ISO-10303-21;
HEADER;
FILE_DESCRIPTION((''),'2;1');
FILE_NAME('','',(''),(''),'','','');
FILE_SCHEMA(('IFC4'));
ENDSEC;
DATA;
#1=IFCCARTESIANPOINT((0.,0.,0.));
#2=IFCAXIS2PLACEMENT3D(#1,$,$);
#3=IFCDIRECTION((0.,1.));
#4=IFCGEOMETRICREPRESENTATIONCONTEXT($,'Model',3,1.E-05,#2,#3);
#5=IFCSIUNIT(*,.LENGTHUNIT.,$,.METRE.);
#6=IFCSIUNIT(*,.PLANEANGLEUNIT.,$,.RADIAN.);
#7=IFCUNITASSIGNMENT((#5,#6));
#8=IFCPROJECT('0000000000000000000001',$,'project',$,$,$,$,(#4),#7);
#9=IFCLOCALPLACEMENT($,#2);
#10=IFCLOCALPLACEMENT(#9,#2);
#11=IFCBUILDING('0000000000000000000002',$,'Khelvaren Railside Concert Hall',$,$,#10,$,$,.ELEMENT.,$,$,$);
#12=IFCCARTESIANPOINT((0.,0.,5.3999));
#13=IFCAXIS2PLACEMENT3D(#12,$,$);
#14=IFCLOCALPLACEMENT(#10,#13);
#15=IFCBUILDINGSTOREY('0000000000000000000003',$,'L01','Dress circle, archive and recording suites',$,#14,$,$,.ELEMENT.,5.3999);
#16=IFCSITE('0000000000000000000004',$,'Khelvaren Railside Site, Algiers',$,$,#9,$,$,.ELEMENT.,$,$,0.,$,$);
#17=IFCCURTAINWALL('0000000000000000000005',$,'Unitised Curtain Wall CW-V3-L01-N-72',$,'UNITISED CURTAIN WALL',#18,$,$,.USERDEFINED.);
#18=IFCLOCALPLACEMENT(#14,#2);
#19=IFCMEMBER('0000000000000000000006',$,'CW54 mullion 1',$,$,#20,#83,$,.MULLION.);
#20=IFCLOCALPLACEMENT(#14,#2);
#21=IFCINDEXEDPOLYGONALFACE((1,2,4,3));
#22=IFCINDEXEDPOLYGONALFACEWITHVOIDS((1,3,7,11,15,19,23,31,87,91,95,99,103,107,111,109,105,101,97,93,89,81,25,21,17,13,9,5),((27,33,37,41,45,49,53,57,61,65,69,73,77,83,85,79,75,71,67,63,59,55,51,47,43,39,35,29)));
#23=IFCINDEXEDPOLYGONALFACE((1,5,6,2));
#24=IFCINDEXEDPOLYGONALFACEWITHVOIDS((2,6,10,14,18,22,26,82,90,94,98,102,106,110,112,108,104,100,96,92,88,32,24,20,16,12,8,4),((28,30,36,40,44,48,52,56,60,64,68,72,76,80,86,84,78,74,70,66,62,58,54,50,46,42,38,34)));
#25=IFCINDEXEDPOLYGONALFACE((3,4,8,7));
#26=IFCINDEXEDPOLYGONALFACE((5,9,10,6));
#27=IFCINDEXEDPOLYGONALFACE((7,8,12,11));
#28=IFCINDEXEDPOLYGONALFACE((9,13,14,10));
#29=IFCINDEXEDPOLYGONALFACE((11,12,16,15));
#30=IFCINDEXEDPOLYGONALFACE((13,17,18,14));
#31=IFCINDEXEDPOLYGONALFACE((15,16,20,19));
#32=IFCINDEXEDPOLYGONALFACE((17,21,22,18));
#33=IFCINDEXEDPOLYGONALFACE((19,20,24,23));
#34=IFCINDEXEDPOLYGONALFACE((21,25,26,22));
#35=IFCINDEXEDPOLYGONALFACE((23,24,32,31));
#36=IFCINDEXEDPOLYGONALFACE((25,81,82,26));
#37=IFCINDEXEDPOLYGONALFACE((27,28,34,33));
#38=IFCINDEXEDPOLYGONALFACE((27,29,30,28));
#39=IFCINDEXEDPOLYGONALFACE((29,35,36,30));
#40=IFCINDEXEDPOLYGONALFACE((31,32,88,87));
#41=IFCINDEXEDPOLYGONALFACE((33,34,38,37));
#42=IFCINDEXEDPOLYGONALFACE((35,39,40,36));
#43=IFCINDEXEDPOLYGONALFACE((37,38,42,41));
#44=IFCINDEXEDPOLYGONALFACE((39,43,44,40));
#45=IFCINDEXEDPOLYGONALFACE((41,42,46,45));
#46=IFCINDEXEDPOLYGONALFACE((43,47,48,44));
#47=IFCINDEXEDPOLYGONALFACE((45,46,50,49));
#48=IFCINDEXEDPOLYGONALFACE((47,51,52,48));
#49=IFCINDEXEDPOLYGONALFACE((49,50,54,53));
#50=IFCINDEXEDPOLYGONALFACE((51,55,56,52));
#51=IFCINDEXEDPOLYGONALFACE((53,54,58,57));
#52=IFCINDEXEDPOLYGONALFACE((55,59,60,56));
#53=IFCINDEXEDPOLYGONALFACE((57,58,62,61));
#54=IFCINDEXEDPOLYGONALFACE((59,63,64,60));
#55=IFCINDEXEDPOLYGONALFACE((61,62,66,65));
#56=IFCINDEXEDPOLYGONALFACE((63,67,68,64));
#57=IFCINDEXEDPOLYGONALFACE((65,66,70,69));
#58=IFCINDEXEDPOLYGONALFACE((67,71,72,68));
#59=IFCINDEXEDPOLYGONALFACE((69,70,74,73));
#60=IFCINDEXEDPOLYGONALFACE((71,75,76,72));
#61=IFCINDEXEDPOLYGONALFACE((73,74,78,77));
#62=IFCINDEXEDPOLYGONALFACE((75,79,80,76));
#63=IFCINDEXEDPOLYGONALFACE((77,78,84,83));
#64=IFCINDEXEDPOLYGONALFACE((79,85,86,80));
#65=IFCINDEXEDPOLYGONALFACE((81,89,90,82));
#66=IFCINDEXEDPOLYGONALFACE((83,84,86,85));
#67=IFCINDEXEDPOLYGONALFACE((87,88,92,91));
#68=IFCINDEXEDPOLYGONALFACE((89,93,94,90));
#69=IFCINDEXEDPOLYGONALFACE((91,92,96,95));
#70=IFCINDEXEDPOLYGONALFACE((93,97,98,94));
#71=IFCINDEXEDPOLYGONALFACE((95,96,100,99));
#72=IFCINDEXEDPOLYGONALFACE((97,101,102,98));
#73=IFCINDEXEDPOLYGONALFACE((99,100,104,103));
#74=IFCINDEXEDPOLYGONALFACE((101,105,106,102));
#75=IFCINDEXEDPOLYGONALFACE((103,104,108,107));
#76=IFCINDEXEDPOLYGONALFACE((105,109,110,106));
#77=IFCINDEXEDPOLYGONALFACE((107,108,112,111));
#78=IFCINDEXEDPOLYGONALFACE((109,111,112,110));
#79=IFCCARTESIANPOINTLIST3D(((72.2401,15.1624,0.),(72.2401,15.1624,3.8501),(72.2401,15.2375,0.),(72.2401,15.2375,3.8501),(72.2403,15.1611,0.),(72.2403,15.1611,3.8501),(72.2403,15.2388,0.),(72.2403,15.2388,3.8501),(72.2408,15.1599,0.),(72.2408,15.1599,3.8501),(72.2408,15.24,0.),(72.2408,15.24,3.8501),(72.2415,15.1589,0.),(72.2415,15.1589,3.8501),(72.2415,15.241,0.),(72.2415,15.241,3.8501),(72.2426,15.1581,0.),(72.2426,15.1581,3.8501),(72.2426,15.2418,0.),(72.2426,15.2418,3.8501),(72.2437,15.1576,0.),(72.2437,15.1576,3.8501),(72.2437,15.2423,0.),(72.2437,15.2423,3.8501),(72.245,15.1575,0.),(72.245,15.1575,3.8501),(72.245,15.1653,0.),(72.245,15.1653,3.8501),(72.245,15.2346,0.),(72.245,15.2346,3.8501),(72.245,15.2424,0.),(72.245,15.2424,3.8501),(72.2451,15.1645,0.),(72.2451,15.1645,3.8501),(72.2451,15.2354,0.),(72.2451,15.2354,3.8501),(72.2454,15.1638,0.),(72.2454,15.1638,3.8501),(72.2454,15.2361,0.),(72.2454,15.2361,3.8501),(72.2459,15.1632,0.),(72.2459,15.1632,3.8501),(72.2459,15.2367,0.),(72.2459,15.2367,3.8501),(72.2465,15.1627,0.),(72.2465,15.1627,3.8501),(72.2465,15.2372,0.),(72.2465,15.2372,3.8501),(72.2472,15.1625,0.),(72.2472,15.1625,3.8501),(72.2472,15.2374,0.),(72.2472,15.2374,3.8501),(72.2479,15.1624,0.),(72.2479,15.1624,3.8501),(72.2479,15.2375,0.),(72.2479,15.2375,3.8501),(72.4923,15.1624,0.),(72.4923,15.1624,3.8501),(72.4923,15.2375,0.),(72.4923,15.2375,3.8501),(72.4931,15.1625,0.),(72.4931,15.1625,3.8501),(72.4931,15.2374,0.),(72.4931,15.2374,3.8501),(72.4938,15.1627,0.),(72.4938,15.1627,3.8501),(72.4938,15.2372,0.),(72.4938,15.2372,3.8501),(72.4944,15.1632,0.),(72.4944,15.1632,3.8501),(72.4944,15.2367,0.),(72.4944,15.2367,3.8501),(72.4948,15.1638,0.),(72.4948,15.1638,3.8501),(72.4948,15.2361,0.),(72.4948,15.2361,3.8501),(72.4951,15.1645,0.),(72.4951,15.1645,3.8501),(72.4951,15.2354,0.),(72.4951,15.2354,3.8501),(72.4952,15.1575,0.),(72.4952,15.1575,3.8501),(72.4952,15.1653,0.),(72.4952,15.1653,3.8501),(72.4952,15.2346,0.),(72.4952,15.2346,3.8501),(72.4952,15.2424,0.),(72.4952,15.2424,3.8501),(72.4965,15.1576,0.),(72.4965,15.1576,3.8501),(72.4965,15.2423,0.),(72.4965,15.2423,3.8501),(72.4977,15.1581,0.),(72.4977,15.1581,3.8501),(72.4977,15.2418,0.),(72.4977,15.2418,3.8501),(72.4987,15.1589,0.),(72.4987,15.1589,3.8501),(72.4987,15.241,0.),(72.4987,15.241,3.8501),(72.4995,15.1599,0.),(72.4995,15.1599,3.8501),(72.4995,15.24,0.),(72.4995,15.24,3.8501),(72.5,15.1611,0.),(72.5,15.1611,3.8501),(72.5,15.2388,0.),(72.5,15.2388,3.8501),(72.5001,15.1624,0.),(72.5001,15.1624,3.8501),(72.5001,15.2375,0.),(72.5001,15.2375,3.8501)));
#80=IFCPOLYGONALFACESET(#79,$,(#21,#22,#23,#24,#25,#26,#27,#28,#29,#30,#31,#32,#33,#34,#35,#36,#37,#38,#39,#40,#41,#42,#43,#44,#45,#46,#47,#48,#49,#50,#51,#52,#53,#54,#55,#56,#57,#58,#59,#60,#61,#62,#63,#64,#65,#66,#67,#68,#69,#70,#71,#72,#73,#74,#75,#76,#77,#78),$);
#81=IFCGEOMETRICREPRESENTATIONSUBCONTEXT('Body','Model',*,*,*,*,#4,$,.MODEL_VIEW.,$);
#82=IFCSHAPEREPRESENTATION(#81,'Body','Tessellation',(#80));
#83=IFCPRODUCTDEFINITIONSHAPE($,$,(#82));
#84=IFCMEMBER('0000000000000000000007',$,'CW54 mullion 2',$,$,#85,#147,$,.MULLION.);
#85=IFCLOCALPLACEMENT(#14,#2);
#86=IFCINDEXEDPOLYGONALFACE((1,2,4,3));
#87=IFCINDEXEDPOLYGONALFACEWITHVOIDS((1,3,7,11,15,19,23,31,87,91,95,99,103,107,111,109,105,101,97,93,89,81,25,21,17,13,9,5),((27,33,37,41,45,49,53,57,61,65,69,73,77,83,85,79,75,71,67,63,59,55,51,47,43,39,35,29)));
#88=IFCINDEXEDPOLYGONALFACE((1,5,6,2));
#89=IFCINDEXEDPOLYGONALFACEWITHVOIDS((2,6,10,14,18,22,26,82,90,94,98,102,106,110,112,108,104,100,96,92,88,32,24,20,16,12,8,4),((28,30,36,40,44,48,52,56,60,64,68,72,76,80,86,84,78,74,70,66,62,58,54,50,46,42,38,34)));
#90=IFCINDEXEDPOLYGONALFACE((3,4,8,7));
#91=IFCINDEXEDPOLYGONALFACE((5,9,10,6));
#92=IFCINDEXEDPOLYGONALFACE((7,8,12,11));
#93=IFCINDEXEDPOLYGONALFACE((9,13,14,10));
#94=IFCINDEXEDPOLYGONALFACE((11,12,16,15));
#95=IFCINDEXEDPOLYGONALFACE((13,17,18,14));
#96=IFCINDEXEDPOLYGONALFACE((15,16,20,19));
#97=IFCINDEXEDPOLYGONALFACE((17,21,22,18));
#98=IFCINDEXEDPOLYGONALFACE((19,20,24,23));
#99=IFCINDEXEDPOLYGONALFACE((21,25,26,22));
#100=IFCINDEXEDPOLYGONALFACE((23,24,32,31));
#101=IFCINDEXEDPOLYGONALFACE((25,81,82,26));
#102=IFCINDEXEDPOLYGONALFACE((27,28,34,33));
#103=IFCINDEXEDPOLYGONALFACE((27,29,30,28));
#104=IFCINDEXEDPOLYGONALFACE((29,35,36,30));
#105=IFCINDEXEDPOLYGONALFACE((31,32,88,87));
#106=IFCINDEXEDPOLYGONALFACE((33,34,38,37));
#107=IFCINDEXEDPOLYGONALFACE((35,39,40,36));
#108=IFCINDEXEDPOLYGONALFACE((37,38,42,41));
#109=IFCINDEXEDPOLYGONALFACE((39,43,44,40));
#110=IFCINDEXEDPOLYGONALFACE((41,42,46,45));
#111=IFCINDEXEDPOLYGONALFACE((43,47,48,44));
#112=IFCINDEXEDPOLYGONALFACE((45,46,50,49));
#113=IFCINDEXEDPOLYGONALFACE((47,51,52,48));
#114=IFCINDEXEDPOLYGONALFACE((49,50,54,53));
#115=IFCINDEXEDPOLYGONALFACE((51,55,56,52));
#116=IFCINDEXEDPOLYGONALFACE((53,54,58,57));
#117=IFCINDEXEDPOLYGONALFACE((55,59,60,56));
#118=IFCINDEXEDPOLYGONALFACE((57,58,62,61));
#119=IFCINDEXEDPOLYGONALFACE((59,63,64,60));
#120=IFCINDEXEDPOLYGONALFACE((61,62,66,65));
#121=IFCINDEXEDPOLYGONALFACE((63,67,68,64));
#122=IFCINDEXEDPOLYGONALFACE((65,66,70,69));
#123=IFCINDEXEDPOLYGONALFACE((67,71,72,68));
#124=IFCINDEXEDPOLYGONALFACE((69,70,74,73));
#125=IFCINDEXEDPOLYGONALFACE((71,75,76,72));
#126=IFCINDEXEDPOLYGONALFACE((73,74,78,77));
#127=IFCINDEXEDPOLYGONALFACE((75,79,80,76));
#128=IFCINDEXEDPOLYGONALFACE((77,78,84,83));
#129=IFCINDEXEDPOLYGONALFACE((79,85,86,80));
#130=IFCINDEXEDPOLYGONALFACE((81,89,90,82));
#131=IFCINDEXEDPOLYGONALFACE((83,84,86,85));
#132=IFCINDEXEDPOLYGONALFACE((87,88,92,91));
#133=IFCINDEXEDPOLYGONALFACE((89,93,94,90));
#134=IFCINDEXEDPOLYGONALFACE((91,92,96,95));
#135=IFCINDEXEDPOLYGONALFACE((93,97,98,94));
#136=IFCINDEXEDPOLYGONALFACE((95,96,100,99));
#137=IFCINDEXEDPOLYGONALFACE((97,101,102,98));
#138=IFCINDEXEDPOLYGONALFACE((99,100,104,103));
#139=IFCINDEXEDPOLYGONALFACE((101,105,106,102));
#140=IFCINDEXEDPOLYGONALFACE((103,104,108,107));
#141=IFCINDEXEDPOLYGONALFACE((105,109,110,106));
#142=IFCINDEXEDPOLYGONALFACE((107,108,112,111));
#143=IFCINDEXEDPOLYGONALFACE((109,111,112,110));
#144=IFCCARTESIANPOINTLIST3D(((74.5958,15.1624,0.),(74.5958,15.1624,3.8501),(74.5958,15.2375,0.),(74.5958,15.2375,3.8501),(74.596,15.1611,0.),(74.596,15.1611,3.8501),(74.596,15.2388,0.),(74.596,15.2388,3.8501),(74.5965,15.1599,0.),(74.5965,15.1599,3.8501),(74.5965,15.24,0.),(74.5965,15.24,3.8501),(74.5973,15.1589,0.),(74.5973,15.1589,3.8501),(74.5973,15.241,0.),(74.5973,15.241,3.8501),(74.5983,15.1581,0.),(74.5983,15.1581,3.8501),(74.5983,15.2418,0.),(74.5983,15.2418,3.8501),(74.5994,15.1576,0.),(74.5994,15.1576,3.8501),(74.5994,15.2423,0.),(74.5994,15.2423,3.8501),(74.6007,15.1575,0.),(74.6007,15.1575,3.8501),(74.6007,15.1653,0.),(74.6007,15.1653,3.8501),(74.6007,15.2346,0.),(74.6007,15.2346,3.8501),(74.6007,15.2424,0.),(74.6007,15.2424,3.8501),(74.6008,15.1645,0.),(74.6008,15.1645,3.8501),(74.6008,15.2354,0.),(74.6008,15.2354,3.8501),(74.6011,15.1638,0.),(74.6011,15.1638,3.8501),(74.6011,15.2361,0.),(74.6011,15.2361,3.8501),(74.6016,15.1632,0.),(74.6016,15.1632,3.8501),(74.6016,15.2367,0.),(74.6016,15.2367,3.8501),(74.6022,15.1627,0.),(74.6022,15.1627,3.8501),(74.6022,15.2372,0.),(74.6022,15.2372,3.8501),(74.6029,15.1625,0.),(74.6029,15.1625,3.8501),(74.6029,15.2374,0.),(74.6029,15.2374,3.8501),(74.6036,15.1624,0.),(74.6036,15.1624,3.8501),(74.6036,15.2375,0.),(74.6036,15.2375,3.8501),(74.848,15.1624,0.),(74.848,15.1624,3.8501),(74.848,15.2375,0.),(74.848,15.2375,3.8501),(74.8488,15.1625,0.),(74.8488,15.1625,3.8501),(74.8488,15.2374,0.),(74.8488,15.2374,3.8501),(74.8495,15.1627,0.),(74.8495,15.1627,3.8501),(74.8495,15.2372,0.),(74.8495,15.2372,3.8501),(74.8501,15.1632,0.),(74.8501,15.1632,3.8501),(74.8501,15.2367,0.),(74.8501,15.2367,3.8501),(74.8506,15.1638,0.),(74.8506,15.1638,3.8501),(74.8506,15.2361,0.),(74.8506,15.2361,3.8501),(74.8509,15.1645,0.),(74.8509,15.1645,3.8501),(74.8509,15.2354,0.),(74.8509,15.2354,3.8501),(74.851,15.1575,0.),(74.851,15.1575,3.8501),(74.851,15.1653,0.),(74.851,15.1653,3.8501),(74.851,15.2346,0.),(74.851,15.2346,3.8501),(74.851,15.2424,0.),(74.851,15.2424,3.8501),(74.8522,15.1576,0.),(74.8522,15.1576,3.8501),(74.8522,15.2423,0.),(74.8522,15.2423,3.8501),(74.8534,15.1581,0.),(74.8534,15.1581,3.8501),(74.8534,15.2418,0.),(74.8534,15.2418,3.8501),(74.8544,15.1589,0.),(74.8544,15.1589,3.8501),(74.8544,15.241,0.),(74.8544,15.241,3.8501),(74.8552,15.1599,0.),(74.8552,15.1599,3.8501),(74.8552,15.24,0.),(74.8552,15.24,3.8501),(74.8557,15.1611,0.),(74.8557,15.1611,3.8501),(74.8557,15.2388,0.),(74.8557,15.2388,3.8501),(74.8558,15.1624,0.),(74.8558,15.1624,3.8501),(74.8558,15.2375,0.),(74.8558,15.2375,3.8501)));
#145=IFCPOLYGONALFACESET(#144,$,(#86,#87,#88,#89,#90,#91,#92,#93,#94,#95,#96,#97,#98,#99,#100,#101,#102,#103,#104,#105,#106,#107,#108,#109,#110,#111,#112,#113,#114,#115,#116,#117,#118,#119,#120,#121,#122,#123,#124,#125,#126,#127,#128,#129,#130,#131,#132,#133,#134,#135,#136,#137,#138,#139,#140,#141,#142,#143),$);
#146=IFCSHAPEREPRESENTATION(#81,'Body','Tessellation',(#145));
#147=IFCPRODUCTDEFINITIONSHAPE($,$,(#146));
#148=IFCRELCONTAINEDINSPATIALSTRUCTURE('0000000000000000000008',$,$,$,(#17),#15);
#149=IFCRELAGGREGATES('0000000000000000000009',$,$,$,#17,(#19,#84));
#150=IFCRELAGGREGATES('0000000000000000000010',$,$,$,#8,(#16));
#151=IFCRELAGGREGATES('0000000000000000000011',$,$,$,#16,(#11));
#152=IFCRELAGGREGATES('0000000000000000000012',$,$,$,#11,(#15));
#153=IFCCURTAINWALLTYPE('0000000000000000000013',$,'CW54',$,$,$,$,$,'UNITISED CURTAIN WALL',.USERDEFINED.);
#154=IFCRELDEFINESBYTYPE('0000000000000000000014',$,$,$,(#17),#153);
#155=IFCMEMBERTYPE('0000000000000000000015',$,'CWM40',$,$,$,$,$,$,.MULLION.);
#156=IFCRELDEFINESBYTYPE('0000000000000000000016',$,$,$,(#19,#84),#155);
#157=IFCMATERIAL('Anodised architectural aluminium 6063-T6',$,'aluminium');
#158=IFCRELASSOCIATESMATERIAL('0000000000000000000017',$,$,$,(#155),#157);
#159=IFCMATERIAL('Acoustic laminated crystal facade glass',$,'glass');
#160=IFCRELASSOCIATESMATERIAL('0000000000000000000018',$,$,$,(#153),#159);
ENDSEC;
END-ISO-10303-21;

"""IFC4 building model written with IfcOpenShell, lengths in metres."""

from ifc_helpers import new_model, si_unit, direction, frame, origin, origin_2d, place, context, subcontext, project, spatial, hollow_rectangle, extrude, material, material_profile, profile_set, type_object, element, aggregate, save


model = new_model("IFC4")

# Units and contexts
model_context = context("Model", 3, precision=1e-05, world=origin(), true_north=direction((0.0, 1.0)))
body_context = subcontext(model_context, "Body", "Model", "MODEL_VIEW")
ifc_project = project(units=[si_unit("LENGTHUNIT", "METRE"), si_unit("PLANEANGLEUNIT", "RADIAN")], contexts=[model_context])

# Site, building, storey
site_placement = place(None, origin())
site = spatial("IfcSite", under=ifc_project, at=site_placement, Name="Khelvaren Railside Site, Algiers", CompositionType="ELEMENT", RefElevation=0.0)
building_placement = place(site_placement, origin())
building = spatial("IfcBuilding", under=site, at=building_placement, Name="Khelvaren Railside Concert Hall", CompositionType="ELEMENT")
storey_placement = place(building_placement, frame((0.0, 0.0, 5.3999)))
storey = spatial("IfcBuildingStorey", under=building, at=storey_placement, Name="L01", Description="Dress circle, archive and recording suites", CompositionType="ELEMENT", Elevation=5.3999)

# Shared definitions
ifc_material_1 = material(Name="Acoustic laminated crystal facade glass", Category="glass")
ifc_material_2 = material(Name="Anodised architectural aluminium 6063-T6", Category="aluminium")
ifc_material_profile_1 = material_profile(ifc_material_2, hollow_rectangle(XDim=0.085, YDim=0.26, WallThickness=0.0049, InnerFilletRadius=0.0029, OuterFilletRadius=0.0049, at=origin_2d()), Name="CWM 85x260x5")
ifc_profile_set_1 = profile_set([ifc_material_profile_1], Name="Anodised architectural aluminium 6063-T6")
member_type_1 = type_object("IfcMemberType", Name="CWM40", PredefinedType="MULLION", material=ifc_profile_set_1)

# Curtain wall, members
curtain_wall_type_1 = type_object("IfcCurtainWallType", Name="CW54", ElementType="UNITISED CURTAIN WALL", PredefinedType="USERDEFINED", material=ifc_material_1)
curtain_wall_1_placement = place(storey_placement, origin())
curtain_wall_1 = element("IfcCurtainWall", 1, at=curtain_wall_1_placement, inside=storey, type_object=curtain_wall_type_1, Name="Unitised Curtain Wall CW-V3-L01-N-72", ObjectType="UNITISED CURTAIN WALL", PredefinedType="USERDEFINED")
member_1_placement = place(storey_placement, frame((72.3701, 15.2, 0.0), z_axis=(0.0, 0.0, 1.0), x_axis=(0.0, 1.0, 0.0)))
member_1 = element("IfcMember", 2, at=member_1_placement, type_object=member_type_1, Name="CW54 mullion 1", PredefinedType="MULLION", context=body_context, shape_type="SweptSolid", body=[
    extrude(hollow_rectangle(XDim=0.085, YDim=0.26, WallThickness=0.0049, InnerFilletRadius=0.0029, OuterFilletRadius=0.0049, at=origin_2d()), origin(), (0.0, 0.0, 1.0), 3.8501),
])
member_2_placement = place(storey_placement, frame((74.7258, 15.2, 0.0), z_axis=(0.0, 0.0, 1.0), x_axis=(0.0, 1.0, 0.0)))
member_2 = element("IfcMember", 3, at=member_2_placement, type_object=member_type_1, Name="CW54 mullion 2", PredefinedType="MULLION", context=body_context, shape_type="SweptSolid", body=[
    extrude(hollow_rectangle(XDim=0.085, YDim=0.26, WallThickness=0.0049, InnerFilletRadius=0.0029, OuterFilletRadius=0.0049, at=origin_2d()), origin(), (0.0, 0.0, 1.0), 3.8501),
])

aggregate(curtain_wall_1, [member_1, member_2])

save(model, "model.ifc")
